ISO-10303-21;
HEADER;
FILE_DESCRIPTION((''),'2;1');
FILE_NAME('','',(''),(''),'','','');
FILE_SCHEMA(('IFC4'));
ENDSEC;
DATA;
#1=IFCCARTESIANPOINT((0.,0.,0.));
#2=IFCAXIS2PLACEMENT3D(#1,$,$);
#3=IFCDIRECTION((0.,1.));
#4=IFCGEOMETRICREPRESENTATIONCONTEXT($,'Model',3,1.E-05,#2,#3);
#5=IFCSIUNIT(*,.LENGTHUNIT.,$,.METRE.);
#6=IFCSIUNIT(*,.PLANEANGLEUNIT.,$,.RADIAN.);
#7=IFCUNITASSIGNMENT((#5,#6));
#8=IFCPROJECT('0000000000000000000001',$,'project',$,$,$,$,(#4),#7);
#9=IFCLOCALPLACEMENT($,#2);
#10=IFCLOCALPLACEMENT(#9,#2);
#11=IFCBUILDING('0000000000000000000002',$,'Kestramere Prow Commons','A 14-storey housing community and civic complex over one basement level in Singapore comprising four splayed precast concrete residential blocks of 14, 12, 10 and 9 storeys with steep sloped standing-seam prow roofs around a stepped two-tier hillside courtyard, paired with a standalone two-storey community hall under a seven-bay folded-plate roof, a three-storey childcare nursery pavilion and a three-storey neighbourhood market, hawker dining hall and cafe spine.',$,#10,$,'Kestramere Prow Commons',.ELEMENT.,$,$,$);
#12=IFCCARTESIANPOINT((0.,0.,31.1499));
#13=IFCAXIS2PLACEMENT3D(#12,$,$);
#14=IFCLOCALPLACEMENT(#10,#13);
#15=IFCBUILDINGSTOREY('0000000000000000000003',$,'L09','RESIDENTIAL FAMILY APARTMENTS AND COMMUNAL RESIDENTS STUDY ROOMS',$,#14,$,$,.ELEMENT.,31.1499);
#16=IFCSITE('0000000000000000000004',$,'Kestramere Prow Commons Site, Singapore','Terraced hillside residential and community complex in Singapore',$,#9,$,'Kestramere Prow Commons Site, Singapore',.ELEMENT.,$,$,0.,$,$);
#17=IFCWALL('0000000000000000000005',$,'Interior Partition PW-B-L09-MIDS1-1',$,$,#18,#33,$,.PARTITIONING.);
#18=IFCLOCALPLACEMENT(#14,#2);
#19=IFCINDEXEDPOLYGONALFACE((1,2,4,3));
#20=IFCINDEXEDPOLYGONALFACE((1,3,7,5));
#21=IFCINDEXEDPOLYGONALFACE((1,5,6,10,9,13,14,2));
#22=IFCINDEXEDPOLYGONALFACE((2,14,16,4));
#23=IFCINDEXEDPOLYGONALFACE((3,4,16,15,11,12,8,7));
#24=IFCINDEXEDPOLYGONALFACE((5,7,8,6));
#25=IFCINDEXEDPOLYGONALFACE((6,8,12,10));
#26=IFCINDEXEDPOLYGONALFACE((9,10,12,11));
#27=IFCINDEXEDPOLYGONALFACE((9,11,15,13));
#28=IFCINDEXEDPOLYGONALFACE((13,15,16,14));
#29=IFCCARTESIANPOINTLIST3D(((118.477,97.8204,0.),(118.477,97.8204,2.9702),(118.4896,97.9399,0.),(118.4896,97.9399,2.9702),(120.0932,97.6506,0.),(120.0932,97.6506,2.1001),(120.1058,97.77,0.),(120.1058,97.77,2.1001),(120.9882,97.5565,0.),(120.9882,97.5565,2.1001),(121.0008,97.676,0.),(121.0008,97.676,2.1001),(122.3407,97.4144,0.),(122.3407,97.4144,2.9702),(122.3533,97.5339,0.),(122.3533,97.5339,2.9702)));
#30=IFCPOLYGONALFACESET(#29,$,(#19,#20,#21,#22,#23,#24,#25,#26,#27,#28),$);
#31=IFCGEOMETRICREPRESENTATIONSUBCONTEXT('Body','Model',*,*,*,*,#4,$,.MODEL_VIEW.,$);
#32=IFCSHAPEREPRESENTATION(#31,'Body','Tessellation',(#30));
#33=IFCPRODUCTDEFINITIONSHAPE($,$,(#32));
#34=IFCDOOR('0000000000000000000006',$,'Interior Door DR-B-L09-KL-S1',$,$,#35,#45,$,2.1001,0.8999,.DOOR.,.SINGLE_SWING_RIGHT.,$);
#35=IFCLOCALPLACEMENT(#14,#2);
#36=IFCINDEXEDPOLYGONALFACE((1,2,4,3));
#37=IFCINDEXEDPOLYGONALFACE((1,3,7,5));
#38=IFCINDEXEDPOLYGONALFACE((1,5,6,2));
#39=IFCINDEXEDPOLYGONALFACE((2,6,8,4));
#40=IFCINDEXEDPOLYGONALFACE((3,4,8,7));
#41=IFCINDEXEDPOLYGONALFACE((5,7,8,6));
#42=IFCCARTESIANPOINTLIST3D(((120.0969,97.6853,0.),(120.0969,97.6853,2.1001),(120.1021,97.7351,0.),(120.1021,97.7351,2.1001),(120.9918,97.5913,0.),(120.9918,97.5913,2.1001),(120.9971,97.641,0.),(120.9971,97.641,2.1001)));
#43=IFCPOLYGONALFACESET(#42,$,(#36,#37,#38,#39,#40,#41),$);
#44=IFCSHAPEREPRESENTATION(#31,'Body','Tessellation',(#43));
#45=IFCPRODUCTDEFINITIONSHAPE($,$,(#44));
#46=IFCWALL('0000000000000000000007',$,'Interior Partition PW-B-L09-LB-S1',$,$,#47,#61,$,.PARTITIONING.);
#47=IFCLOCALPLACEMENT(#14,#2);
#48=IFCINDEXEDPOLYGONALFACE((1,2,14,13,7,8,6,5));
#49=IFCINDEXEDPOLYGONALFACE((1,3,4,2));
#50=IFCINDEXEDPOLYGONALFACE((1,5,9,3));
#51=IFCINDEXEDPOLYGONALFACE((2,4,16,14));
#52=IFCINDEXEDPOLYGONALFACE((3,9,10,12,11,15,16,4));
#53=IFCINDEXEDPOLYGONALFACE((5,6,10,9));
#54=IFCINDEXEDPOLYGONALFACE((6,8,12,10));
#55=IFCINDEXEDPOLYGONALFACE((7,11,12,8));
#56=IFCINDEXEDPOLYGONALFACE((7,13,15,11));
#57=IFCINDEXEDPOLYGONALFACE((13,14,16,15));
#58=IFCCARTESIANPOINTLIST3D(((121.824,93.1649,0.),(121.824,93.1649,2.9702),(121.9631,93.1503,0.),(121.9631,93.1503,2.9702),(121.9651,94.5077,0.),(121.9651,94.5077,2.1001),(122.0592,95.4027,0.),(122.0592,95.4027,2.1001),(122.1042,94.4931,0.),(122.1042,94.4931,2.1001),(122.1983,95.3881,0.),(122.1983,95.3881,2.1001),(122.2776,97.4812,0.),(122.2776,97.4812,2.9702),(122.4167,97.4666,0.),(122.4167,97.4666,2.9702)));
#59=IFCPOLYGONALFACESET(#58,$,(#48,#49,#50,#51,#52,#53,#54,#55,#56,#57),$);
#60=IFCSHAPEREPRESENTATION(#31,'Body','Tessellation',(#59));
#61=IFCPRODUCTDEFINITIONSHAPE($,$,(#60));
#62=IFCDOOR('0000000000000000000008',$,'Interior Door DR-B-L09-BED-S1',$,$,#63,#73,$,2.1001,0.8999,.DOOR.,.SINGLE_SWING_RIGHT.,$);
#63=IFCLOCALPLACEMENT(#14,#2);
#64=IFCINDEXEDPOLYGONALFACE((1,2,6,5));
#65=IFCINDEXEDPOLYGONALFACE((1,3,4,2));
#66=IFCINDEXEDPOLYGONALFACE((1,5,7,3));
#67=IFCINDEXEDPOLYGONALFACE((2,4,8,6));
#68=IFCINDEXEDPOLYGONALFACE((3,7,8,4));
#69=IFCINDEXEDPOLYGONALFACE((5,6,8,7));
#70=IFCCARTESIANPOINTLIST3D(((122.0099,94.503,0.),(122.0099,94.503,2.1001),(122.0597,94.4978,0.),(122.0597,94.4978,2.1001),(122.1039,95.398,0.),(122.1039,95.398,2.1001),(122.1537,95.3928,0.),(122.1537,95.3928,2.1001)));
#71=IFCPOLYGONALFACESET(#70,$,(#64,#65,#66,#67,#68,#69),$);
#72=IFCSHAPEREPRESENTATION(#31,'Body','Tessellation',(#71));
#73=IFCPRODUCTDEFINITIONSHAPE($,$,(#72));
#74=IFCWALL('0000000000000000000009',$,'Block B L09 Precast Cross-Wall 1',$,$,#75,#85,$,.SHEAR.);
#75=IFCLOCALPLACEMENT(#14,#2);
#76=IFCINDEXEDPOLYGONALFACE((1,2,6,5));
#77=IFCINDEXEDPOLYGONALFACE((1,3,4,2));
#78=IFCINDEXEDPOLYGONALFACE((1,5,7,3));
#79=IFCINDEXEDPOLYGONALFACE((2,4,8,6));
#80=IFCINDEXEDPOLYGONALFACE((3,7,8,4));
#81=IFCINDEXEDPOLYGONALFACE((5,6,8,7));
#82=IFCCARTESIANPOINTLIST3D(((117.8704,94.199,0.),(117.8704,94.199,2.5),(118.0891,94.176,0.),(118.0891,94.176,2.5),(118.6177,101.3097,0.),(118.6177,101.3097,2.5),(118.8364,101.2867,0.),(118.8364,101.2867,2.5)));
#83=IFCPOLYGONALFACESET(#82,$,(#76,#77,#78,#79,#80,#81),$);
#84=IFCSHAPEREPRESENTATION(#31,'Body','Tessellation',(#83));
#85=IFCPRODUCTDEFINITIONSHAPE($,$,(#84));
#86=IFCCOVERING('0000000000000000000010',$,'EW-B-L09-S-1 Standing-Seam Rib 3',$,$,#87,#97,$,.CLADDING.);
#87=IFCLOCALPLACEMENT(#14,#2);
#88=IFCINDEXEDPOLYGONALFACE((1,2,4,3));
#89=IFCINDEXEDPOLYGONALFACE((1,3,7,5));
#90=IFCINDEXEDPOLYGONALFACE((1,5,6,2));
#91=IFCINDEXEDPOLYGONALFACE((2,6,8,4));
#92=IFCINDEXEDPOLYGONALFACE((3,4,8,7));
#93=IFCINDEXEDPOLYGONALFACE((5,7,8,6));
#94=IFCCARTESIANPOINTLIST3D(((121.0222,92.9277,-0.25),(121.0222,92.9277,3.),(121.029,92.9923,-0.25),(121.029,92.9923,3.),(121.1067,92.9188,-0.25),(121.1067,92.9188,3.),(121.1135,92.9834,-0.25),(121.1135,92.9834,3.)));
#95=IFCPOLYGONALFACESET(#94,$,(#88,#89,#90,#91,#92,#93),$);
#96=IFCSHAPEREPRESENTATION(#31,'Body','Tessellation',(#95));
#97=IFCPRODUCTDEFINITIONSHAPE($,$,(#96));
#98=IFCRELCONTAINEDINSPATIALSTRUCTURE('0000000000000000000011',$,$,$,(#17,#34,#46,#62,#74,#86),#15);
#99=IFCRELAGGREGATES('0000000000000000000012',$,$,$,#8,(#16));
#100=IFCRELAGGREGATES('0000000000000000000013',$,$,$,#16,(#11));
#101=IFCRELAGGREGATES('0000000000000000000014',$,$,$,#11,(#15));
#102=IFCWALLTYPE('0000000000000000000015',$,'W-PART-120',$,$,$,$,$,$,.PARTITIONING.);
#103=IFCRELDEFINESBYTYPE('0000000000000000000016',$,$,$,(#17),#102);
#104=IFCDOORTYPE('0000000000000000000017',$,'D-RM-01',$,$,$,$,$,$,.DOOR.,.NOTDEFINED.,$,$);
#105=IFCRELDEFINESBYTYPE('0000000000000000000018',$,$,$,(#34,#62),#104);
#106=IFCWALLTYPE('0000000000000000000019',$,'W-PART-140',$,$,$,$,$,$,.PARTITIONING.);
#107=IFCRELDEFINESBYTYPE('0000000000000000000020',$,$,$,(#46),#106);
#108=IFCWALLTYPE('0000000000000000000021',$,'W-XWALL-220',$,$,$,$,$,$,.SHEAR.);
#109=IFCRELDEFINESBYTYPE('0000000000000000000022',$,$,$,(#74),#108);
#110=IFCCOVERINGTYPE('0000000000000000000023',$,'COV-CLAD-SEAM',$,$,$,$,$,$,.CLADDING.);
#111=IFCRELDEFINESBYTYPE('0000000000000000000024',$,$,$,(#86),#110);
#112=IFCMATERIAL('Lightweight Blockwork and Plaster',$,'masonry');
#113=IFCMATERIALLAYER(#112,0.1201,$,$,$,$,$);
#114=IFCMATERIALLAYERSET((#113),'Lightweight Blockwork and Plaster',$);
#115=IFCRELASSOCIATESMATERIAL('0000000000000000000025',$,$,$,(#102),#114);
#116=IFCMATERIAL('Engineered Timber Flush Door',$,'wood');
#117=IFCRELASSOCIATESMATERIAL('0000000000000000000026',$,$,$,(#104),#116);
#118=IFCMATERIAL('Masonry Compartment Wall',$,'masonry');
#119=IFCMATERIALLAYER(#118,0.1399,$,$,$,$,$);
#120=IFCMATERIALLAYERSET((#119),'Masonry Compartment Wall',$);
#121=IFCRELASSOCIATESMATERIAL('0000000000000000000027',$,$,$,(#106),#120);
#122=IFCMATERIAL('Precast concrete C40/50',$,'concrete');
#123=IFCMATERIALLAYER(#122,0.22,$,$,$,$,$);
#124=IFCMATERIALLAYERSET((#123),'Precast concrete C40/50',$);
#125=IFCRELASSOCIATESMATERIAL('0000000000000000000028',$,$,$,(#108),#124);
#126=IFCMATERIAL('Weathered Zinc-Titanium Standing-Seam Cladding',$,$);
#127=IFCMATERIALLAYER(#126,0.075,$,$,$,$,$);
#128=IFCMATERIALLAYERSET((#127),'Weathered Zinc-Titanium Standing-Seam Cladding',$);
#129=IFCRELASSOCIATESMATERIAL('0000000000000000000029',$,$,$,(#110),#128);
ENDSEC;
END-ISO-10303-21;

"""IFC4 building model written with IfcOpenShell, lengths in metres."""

from ifc_helpers import new_model, si_unit, direction, frame, frame_2d, origin, origin_2d, place, context, subcontext, project, spatial, rectangle, extrude, material, layer, layer_set, type_object, element, fill, save


model = new_model("IFC4")

# Units and contexts
model_context = context("Model", 3, precision=1e-05, world=origin(), true_north=direction((0.0, 1.0)))
body_context = subcontext(model_context, "Body", "Model", "MODEL_VIEW")
ifc_project = project(units=[si_unit("LENGTHUNIT", "METRE"), si_unit("PLANEANGLEUNIT", "RADIAN")], contexts=[model_context])

# Site, building, storey
site_placement = place(None, origin())
site = spatial("IfcSite", under=ifc_project, at=site_placement, Name="Kestramere Prow Commons Site, Singapore", Description="Terraced hillside residential and community complex in Singapore", LongName="Kestramere Prow Commons Site, Singapore", CompositionType="ELEMENT", RefElevation=0.0)
building_placement = place(site_placement, origin())
building = spatial("IfcBuilding", under=site, at=building_placement, Name="Kestramere Prow Commons", Description="A 14-storey housing community and civic complex over one basement level in Singapore comprising four splayed precast concrete residential blocks of 14, 12, 10 and 9 storeys with steep sloped standing-seam prow roofs around a stepped two-tier hillside courtyard, paired with a standalone two-storey community hall under a seven-bay folded-plate roof, a three-storey childcare nursery pavilion and a three-storey neighbourhood market, hawker dining hall and cafe spine.", LongName="Kestramere Prow Commons", CompositionType="ELEMENT")
storey_placement = place(building_placement, frame((0.0, 0.0, 31.1499)))
storey = spatial("IfcBuildingStorey", under=building, at=storey_placement, Name="L09", Description="RESIDENTIAL FAMILY APARTMENTS AND COMMUNAL RESIDENTS STUDY ROOMS", CompositionType="ELEMENT", Elevation=31.1499)

# Shared definitions
ifc_material_1 = material(Name="Precast concrete C40/50", Category="concrete")

# Walls, openings, doors
ifc_material_2 = material(Name="Lightweight Blockwork and Plaster", Category="masonry")
ifc_layer_1 = layer(ifc_material_2, 0.1201)
ifc_layer_set_1 = layer_set([ifc_layer_1], Name="Lightweight Blockwork and Plaster")
wall_type_1 = type_object("IfcWallType", Name="W-PART-120", PredefinedType="PARTITIONING", material=ifc_layer_set_1)
wall_1_placement = place(storey_placement, frame((118.4834, 97.8801, 0.0), z_axis=(0.0, 0.0, 1.0), x_axis=(0.994524, -0.104505, 0.0)))
wall_1 = element("IfcWall", 1, at=wall_1_placement, inside=storey, type_object=wall_type_1, Name="Interior Partition PW-B-L09-MIDS1-1", PredefinedType="PARTITIONING", context=body_context, shape_type="SweptSolid", body=[
    extrude(rectangle(XDim=3.885, YDim=0.1201, at=frame_2d((1.9424, 0.0))), origin(), (0.0, 0.0, 1.0), 2.9702),
])
opening_1_placement = place(wall_1_placement, frame((1.625, 0.0, 0.0)))
opening_1 = element("IfcOpeningElement", 2, at=opening_1_placement, cuts=wall_1, PredefinedType="OPENING", context=body_context, shape_type="SweptSolid", body=[
    extrude(rectangle(XDim=0.8999, YDim=2.1001, at=frame_2d((0.45, 1.05))), frame((0.0, 0.075, 0.0), z_axis=(0.0, -1.0, 0.0), x_axis=(1.0, 0.0, 0.0)), (0.0, 0.0, 1.0), 0.1501),
])
ifc_material_3 = material(Name="Engineered Timber Flush Door", Category="wood")
door_type = type_object("IfcDoorType", Name="D-RM-01", OperationType="NOTDEFINED", PredefinedType="DOOR", material=ifc_material_3)
door_1_placement = place(opening_1_placement, origin())
door_1 = element("IfcDoor", 3, at=door_1_placement, inside=storey, type_object=door_type, Name="Interior Door DR-B-L09-KL-S1", OperationType="SINGLE_SWING_RIGHT", OverallHeight=2.1001, OverallWidth=0.8999, PredefinedType="DOOR", context=body_context, shape_type="SweptSolid", body=[
    extrude(rectangle(XDim=0.8999, YDim=2.1001, at=frame_2d((0.45, 1.05))), frame((0.0, 0.0249, 0.0), z_axis=(0.0, -1.0, 0.0), x_axis=(1.0, 0.0, 0.0)), (0.0, 0.0, 1.0), 0.05),
])
fill(opening_1, door_1)
ifc_material_4 = material(Name="Masonry Compartment Wall", Category="masonry")
ifc_layer_2 = layer(ifc_material_4, 0.1399)
ifc_layer_set_2 = layer_set([ifc_layer_2], Name="Masonry Compartment Wall")
wall_type_2 = type_object("IfcWallType", Name="W-PART-140", PredefinedType="PARTITIONING", material=ifc_layer_set_2)
wall_2_placement = place(storey_placement, frame((121.8936, 93.1577, 0.0), z_axis=(0.0, 0.0, 1.0), x_axis=(0.104515, 0.994523, 0.0)))
wall_2 = element("IfcWall", 4, at=wall_2_placement, inside=storey, type_object=wall_type_2, Name="Interior Partition PW-B-L09-LB-S1", PredefinedType="PARTITIONING", context=body_context, shape_type="SweptSolid", body=[
    extrude(rectangle(XDim=4.3401, YDim=0.1399, at=frame_2d((2.1699, 0.0))), origin(), (0.0, 0.0, 1.0), 2.9702),
])
opening_2_placement = place(wall_2_placement, frame((1.3501, 0.0, 0.0)))
opening_2 = element("IfcOpeningElement", 5, at=opening_2_placement, cuts=wall_2, PredefinedType="OPENING", context=body_context, shape_type="SweptSolid", body=[
    extrude(rectangle(XDim=0.8999, YDim=2.1001, at=frame_2d((0.45, 1.05))), frame((0.0, 0.085, 0.0), z_axis=(0.0, -1.0, 0.0), x_axis=(1.0, 0.0, 0.0)), (0.0, 0.0, 1.0), 0.1699),
])
door_2_placement = place(opening_2_placement, origin())
door_2 = element("IfcDoor", 6, at=door_2_placement, inside=storey, type_object=door_type, Name="Interior Door DR-B-L09-BED-S1", OperationType="SINGLE_SWING_RIGHT", OverallHeight=2.1001, OverallWidth=0.8999, PredefinedType="DOOR", context=body_context, shape_type="SweptSolid", body=[
    extrude(rectangle(XDim=0.8999, YDim=2.1001, at=frame_2d((0.45, 1.05))), frame((0.0, 0.0249, 0.0), z_axis=(0.0, -1.0, 0.0), x_axis=(1.0, 0.0, 0.0)), (0.0, 0.0, 1.0), 0.05),
])
fill(opening_2, door_2)

# Wall
ifc_layer_3 = layer(ifc_material_1, 0.22)
ifc_layer_set_3 = layer_set([ifc_layer_3], Name="Precast concrete C40/50")
wall_type_3 = type_object("IfcWallType", Name="W-XWALL-220", PredefinedType="SHEAR", material=ifc_layer_set_3)
wall_3_placement = place(storey_placement, frame((117.9797, 94.1875, 0.0), z_axis=(0.0, 0.0, 1.0), x_axis=(0.104519, 0.994523, 0.0)))
element("IfcWall", 7, at=wall_3_placement, inside=storey, type_object=wall_type_3, Name="Block B L09 Precast Cross-Wall 1", PredefinedType="SHEAR", context=body_context, shape_type="SweptSolid", body=[
    extrude(rectangle(XDim=7.1499, YDim=0.22, at=frame_2d((3.575, 0.0))), origin(), (0.0, 0.0, 1.0), 2.5),
])

# Covering
ifc_material_5 = material(Name="Weathered Zinc-Titanium Standing-Seam Cladding")
ifc_layer_4 = layer(ifc_material_5, 0.075)
ifc_layer_set_4 = layer_set([ifc_layer_4], Name="Weathered Zinc-Titanium Standing-Seam Cladding")
covering_type = type_object("IfcCoveringType", Name="COV-CLAD-SEAM", PredefinedType="CLADDING", material=ifc_layer_set_4)
covering_placement = place(storey_placement, frame((121.0679, 92.9556, -0.25), z_axis=(0.0, 0.0, 1.0), x_axis=(-0.994522, 0.104528, 0.0)))
element("IfcCovering", 8, at=covering_placement, inside=storey, type_object=covering_type, Name="EW-B-L09-S-1 Standing-Seam Rib 3", PredefinedType="CLADDING", context=body_context, shape_type="SweptSolid", body=[
    extrude(rectangle(XDim=0.085, YDim=0.0649, at=origin_2d()), origin(), (0.0, 0.0, 1.0), 3.25),
])

save(model, "model.ifc")
